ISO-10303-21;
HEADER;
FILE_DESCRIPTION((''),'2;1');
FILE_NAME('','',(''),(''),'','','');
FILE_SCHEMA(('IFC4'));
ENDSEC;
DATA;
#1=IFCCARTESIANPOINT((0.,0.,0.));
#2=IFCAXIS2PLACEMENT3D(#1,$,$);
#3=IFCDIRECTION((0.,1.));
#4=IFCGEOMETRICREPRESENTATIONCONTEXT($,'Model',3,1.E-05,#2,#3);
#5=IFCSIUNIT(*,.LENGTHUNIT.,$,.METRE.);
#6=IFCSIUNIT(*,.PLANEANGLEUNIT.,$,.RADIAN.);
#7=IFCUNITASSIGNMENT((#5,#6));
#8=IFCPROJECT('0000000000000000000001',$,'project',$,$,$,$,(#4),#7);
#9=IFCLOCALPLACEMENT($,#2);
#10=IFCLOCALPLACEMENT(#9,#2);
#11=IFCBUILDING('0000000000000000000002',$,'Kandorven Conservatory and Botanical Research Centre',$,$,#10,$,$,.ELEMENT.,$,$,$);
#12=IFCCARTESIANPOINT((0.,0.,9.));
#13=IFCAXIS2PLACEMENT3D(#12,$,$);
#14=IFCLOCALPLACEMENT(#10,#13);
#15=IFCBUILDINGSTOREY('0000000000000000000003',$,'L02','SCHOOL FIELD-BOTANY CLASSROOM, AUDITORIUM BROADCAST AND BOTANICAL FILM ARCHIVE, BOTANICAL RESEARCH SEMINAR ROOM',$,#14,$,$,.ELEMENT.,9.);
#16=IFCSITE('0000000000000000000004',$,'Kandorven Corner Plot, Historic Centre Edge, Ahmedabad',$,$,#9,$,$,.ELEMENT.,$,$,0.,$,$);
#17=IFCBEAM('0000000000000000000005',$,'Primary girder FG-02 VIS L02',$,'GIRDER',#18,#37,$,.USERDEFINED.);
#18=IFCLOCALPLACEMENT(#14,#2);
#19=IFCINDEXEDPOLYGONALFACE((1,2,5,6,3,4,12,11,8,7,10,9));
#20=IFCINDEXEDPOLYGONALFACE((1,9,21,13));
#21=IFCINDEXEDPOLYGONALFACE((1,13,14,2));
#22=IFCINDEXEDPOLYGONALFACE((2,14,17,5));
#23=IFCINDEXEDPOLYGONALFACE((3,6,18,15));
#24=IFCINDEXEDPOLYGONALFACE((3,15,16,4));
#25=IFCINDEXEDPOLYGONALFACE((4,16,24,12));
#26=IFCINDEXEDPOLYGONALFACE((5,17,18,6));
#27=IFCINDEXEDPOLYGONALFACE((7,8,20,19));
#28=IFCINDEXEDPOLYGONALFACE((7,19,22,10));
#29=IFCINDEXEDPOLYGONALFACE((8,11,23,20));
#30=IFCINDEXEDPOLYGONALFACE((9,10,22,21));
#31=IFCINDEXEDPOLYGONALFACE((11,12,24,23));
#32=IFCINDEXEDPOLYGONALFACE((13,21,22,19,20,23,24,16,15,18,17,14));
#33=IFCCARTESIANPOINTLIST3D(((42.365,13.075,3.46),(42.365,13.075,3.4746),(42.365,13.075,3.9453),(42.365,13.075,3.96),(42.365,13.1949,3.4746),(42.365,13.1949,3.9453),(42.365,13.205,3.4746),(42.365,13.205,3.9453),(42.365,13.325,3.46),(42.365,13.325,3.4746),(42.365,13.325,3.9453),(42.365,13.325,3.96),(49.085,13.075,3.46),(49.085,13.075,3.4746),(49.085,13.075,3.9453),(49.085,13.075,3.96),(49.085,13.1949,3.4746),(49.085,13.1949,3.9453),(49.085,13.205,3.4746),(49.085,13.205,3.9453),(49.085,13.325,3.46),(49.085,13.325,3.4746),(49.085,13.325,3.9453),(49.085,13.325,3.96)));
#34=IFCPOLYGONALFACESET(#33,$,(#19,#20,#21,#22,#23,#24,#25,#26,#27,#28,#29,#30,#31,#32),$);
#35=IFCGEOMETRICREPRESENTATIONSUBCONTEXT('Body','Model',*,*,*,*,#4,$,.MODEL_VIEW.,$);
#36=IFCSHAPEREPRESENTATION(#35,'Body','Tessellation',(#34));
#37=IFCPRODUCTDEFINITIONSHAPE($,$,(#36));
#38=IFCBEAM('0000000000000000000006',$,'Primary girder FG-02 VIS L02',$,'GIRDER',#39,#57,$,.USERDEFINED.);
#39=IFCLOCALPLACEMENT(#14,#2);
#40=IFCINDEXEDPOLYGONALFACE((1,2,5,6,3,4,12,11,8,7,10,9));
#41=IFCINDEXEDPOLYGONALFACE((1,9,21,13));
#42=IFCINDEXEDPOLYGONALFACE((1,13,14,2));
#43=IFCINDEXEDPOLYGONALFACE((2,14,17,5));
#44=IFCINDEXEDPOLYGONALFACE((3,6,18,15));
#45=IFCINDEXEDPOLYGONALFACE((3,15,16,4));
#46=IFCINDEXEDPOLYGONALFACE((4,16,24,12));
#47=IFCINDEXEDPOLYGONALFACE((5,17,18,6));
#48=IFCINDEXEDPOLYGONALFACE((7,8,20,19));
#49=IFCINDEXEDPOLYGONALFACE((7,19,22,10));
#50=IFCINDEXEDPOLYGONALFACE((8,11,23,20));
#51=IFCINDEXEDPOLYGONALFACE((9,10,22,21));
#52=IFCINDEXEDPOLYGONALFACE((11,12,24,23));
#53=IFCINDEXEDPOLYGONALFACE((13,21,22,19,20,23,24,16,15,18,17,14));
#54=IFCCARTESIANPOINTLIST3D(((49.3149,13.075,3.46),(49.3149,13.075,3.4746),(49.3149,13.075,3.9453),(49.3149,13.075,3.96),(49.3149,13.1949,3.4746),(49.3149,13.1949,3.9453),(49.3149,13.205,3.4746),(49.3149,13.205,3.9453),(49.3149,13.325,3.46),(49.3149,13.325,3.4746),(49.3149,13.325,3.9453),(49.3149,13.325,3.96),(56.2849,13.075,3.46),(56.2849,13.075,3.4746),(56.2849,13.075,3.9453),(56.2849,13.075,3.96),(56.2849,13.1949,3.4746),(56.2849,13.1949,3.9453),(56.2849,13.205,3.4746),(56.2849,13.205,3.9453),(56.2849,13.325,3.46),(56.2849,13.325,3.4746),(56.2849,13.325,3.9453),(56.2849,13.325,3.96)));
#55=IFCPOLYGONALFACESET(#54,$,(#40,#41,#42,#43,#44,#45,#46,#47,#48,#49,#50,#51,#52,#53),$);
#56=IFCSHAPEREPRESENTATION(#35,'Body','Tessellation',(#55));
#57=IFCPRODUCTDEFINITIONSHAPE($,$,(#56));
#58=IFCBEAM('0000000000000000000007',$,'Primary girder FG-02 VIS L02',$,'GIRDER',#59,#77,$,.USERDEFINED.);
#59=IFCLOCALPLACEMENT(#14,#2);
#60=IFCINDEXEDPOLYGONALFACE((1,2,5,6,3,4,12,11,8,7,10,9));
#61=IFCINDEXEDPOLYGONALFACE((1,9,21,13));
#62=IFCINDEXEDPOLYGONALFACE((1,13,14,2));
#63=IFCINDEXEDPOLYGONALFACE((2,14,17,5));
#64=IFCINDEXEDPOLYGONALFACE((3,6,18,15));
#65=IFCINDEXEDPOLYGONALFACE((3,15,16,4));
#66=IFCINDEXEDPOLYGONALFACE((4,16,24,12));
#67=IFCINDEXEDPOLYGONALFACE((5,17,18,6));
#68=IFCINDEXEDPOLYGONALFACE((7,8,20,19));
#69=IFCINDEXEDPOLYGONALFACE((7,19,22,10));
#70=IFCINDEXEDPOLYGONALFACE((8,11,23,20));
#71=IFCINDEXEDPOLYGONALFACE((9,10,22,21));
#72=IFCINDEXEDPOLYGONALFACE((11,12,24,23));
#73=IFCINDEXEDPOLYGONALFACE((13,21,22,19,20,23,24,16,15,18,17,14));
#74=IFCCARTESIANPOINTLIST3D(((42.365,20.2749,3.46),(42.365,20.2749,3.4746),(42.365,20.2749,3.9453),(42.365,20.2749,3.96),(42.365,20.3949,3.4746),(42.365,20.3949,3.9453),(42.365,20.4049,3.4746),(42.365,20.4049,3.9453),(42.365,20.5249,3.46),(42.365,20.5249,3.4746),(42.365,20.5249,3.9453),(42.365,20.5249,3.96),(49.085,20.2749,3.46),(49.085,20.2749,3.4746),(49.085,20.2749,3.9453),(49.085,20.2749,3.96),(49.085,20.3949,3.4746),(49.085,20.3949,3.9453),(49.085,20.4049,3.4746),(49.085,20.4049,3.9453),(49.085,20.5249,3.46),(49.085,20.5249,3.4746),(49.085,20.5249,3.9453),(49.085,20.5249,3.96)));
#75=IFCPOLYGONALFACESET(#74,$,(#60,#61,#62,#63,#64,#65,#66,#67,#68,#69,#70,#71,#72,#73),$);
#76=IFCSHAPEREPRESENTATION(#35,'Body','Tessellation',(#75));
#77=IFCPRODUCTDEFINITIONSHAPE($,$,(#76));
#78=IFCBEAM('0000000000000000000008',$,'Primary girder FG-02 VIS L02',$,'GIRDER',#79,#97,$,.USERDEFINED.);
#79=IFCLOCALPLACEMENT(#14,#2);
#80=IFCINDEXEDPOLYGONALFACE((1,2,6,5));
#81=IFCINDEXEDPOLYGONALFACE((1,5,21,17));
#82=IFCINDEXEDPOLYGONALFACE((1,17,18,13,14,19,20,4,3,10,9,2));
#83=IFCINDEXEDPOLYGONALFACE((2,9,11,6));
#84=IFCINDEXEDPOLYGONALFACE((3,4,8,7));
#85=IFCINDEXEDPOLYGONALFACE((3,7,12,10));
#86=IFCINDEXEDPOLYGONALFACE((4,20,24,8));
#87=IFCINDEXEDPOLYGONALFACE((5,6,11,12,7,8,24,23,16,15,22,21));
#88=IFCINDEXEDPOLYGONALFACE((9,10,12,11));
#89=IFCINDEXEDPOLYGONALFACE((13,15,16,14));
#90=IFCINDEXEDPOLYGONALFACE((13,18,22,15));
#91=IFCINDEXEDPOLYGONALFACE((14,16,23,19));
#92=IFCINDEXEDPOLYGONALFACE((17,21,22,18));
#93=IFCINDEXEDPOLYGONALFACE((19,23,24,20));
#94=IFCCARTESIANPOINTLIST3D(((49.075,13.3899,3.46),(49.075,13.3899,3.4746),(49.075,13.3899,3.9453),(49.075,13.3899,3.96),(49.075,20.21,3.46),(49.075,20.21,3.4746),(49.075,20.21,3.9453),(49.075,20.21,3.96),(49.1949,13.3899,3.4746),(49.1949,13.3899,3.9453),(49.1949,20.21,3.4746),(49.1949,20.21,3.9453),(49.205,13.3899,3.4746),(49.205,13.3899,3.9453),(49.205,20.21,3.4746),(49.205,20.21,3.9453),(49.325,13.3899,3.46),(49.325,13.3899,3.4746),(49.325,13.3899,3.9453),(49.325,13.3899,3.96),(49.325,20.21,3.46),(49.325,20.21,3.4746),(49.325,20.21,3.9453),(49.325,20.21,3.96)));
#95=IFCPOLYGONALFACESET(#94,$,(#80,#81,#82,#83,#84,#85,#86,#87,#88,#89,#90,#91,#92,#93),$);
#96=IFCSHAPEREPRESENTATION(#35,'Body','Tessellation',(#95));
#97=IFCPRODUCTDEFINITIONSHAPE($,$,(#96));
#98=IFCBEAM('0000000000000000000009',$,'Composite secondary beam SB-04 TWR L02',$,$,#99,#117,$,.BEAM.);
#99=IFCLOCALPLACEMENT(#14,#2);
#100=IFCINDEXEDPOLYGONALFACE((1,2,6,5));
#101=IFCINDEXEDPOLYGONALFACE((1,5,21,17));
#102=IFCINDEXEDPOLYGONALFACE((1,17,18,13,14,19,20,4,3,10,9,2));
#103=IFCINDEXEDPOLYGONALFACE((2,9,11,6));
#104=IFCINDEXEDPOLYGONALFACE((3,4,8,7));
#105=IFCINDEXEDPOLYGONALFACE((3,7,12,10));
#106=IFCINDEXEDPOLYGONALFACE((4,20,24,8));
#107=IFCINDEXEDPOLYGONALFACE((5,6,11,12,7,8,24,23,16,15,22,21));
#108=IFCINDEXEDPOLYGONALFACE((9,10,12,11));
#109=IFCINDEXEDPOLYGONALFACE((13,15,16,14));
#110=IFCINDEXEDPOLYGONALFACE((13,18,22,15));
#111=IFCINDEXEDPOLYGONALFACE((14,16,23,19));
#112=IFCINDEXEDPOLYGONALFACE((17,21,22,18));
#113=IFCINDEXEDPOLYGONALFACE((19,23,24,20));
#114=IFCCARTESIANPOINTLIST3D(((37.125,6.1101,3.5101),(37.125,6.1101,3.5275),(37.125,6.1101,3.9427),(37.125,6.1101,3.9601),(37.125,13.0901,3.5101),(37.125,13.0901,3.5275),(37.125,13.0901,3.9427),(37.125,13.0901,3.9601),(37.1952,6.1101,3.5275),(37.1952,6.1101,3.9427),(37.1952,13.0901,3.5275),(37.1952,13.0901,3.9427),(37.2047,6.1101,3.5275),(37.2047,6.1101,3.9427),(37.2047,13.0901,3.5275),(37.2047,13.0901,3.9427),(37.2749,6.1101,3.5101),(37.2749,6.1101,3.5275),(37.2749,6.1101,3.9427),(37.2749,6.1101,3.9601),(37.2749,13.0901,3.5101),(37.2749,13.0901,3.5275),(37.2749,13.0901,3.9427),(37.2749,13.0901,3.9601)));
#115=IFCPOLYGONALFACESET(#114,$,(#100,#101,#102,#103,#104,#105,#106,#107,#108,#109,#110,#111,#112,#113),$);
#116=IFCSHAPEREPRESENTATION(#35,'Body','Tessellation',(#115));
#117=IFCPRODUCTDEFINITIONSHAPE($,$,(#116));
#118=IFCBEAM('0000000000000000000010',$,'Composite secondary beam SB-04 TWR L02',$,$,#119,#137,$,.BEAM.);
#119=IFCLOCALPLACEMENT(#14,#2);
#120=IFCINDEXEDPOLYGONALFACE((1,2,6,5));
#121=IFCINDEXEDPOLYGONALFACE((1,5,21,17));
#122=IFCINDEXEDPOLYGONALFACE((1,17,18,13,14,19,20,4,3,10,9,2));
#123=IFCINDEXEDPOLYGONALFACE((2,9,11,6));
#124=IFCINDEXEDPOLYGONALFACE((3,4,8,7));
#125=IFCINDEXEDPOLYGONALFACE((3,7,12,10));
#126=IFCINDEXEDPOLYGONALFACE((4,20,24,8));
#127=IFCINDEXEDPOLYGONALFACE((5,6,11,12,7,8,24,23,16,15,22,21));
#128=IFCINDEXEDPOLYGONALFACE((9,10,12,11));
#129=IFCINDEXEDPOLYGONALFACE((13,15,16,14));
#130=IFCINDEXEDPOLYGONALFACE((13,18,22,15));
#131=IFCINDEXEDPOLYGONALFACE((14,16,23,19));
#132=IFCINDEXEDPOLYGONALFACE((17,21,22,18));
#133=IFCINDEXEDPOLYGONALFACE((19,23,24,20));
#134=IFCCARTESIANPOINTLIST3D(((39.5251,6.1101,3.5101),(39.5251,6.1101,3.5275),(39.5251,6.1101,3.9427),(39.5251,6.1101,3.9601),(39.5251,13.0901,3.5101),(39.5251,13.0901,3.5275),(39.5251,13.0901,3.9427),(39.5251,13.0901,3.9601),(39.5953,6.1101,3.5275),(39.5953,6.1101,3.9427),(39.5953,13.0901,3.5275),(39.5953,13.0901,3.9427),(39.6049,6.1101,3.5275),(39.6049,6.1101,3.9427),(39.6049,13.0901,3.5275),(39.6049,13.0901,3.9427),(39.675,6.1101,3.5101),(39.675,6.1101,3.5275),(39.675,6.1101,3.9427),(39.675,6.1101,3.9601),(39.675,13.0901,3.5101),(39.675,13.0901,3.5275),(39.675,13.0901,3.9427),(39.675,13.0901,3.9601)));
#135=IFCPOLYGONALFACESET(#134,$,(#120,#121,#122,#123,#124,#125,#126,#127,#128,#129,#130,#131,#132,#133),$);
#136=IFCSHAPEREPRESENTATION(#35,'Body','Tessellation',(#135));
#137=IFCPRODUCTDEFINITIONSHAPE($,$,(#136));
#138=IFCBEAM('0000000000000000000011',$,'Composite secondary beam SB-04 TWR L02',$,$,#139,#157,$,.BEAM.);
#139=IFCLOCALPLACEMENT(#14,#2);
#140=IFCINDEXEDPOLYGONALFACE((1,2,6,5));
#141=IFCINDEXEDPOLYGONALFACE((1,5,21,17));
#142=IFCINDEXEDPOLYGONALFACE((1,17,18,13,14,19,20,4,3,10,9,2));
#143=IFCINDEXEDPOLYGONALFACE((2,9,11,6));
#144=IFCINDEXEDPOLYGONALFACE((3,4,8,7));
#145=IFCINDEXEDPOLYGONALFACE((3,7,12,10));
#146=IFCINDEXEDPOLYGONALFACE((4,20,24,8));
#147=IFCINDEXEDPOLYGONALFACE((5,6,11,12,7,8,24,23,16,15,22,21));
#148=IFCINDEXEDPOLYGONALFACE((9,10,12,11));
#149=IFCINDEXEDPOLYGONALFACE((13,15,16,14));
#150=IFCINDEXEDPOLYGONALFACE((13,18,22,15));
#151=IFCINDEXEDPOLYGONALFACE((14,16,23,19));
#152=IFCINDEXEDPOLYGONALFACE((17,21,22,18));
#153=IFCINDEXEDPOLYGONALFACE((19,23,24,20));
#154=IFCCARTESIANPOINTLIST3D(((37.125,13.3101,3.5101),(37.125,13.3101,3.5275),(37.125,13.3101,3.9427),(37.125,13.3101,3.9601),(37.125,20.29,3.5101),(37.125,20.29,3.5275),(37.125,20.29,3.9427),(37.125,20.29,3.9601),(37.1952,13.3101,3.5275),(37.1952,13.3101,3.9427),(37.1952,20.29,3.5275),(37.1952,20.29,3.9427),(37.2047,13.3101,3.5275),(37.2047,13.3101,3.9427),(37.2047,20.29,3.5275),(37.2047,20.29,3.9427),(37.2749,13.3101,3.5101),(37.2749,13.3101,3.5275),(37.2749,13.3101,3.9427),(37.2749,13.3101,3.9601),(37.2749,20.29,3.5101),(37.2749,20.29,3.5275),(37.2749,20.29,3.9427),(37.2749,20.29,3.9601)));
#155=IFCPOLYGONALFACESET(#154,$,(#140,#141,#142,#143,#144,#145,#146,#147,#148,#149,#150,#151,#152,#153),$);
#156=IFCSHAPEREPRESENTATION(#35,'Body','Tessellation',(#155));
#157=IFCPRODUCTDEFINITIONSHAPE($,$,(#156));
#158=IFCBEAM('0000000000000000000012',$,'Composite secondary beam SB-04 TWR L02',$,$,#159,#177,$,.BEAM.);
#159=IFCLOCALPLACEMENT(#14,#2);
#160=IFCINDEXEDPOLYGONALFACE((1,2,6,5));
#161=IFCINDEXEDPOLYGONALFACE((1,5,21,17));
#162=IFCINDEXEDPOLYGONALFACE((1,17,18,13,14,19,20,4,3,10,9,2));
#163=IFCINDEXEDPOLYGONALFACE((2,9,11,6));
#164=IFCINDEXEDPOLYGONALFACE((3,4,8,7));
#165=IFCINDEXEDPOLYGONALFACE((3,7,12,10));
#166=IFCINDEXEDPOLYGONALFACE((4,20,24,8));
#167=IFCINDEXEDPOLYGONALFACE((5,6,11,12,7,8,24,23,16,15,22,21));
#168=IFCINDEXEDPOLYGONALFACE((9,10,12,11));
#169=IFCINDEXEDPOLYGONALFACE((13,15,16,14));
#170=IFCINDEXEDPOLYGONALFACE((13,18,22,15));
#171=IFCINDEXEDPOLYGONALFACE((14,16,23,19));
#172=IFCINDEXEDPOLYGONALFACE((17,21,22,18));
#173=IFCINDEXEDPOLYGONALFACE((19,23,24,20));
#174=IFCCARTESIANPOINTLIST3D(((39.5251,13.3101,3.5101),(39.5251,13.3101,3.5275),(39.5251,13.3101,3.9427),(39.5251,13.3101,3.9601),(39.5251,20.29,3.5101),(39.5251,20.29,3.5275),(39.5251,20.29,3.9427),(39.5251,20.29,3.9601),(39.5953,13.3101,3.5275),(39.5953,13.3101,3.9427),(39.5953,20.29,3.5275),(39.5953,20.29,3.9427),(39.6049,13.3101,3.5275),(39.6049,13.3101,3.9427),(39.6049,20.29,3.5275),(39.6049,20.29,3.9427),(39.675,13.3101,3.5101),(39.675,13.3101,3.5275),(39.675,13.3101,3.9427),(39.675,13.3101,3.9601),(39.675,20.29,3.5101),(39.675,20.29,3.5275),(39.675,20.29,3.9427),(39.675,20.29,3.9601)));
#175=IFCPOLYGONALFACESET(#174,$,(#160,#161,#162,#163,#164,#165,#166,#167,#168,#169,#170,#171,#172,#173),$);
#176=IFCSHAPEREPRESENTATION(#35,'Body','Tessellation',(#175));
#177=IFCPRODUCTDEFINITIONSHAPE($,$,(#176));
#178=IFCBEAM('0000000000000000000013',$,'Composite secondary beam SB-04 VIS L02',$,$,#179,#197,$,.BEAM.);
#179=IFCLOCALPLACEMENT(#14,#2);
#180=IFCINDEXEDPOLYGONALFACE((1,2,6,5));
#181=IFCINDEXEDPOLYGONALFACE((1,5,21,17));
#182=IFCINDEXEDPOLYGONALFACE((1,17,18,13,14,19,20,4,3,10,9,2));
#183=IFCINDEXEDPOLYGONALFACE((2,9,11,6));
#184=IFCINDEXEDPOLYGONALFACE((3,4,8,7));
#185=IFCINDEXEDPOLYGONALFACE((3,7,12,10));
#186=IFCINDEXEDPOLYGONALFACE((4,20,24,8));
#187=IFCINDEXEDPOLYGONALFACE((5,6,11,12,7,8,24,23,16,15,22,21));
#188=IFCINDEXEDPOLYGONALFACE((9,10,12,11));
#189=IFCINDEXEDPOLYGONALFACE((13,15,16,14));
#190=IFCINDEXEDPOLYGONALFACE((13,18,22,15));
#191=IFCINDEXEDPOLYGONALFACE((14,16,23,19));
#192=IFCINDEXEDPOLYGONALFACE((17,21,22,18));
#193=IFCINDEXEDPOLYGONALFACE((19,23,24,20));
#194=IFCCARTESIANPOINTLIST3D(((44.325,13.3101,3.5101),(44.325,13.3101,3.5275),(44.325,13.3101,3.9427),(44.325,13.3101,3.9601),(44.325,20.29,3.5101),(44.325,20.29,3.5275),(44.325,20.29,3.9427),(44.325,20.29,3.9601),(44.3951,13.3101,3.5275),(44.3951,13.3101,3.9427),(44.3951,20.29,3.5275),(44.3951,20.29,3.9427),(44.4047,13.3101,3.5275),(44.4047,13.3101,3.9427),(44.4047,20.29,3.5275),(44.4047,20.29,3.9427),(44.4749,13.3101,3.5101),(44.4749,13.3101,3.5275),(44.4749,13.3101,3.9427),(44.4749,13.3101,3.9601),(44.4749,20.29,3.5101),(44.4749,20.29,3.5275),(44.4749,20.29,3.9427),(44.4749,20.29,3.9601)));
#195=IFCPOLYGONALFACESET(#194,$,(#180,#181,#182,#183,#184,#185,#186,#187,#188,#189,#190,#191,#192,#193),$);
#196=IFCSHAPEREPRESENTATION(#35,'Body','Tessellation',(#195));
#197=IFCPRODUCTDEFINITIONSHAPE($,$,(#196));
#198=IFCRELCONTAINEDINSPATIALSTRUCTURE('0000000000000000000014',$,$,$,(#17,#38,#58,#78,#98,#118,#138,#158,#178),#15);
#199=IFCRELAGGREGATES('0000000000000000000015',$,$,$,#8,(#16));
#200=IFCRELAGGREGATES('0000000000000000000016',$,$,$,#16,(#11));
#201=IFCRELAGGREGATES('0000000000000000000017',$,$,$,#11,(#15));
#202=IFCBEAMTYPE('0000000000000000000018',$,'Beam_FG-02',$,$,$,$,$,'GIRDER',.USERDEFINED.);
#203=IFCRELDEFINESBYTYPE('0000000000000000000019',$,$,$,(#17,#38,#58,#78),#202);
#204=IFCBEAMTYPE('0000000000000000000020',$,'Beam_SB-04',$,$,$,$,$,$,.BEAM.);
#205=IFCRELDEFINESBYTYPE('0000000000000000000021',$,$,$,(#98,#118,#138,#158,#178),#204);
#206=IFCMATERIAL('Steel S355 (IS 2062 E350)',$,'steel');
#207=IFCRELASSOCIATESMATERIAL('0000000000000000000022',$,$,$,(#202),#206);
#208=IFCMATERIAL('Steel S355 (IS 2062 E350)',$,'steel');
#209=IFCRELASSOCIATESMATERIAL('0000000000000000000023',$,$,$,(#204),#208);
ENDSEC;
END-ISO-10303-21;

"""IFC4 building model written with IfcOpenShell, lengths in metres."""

from ifc_helpers import new_model, si_unit, direction, frame, origin, origin_2d, place, context, subcontext, project, spatial, i_section, extrude, material, material_profile, profile_set, type_object, element, save


model = new_model("IFC4")

# Units and contexts
model_context = context("Model", 3, precision=1e-05, world=origin(), true_north=direction((0.0, 1.0)))
body_context = subcontext(model_context, "Body", "Model", "MODEL_VIEW")
ifc_project = project(units=[si_unit("LENGTHUNIT", "METRE"), si_unit("PLANEANGLEUNIT", "RADIAN")], contexts=[model_context])

# Site, building, storey
site_placement = place(None, origin())
site = spatial("IfcSite", under=ifc_project, at=site_placement, Name="Kandorven Corner Plot, Historic Centre Edge, Ahmedabad", CompositionType="ELEMENT", RefElevation=0.0)
building_placement = place(site_placement, origin())
building = spatial("IfcBuilding", under=site, at=building_placement, Name="Kandorven Conservatory and Botanical Research Centre", CompositionType="ELEMENT")
storey_placement = place(building_placement, frame((0.0, 0.0, 9.0)))
storey = spatial("IfcBuildingStorey", under=building, at=storey_placement, Name="L02", Description="SCHOOL FIELD-BOTANY CLASSROOM, AUDITORIUM BROADCAST AND BOTANICAL FILM ARCHIVE, BOTANICAL RESEARCH SEMINAR ROOM", CompositionType="ELEMENT", Elevation=9.0)

# Beams
ifc_material_1 = material(Name="Steel S355 (IS 2062 E350)", Category="steel")
ifc_material_profile_1 = material_profile(ifc_material_1, i_section(OverallWidth=0.25, OverallDepth=0.5, WebThickness=0.01, FlangeThickness=0.0146, at=origin_2d()))
ifc_profile_set_1 = profile_set([ifc_material_profile_1], Name="Steel S355 (IS 2062 E350)")
beam_type_1 = type_object("IfcBeamType", Name="Beam_FG-02", ElementType="GIRDER", PredefinedType="USERDEFINED", material=ifc_profile_set_1)
beam_1_placement = place(storey_placement, frame((42.365, 13.2, 3.71), z_axis=(1.0, 0.0, 0.0), x_axis=(0.0, 1.0, 0.0)))
element("IfcBeam", 1, at=beam_1_placement, inside=storey, type_object=beam_type_1, Name="Primary girder FG-02 VIS L02", ObjectType="GIRDER", PredefinedType="USERDEFINED", context=body_context, shape_type="SweptSolid", body=[
    extrude(i_section(OverallWidth=0.25, OverallDepth=0.5, WebThickness=0.01, FlangeThickness=0.0146, at=origin_2d()), origin(), (0.0, 0.0, 1.0), 6.72),
])
beam_2_placement = place(storey_placement, frame((49.3149, 13.2, 3.71), z_axis=(1.0, 0.0, 0.0), x_axis=(0.0, 1.0, 0.0)))
element("IfcBeam", 2, at=beam_2_placement, inside=storey, type_object=beam_type_1, Name="Primary girder FG-02 VIS L02", ObjectType="GIRDER", PredefinedType="USERDEFINED", context=body_context, shape_type="SweptSolid", body=[
    extrude(i_section(OverallWidth=0.25, OverallDepth=0.5, WebThickness=0.01, FlangeThickness=0.0146, at=origin_2d()), origin(), (0.0, 0.0, 1.0), 6.97),
])
beam_3_placement = place(storey_placement, frame((42.365, 20.3999, 3.71), z_axis=(1.0, 0.0, 0.0), x_axis=(0.0, 1.0, 0.0)))
element("IfcBeam", 3, at=beam_3_placement, inside=storey, type_object=beam_type_1, Name="Primary girder FG-02 VIS L02", ObjectType="GIRDER", PredefinedType="USERDEFINED", context=body_context, shape_type="SweptSolid", body=[
    extrude(i_section(OverallWidth=0.25, OverallDepth=0.5, WebThickness=0.01, FlangeThickness=0.0146, at=origin_2d()), origin(), (0.0, 0.0, 1.0), 6.72),
])
beam_4_placement = place(storey_placement, frame((49.2, 13.3899, 3.71), z_axis=(0.0, 1.0, 0.0), x_axis=(-1.0, 0.0, 0.0)))
element("IfcBeam", 4, at=beam_4_placement, inside=storey, type_object=beam_type_1, Name="Primary girder FG-02 VIS L02", ObjectType="GIRDER", PredefinedType="USERDEFINED", context=body_context, shape_type="SweptSolid", body=[
    extrude(i_section(OverallWidth=0.25, OverallDepth=0.5, WebThickness=0.01, FlangeThickness=0.0146, at=origin_2d()), origin(), (0.0, 0.0, 1.0), 6.8201),
])
ifc_material_2 = material(Name="Steel S355 (IS 2062 E350)", Category="steel")
ifc_material_profile_2 = material_profile(ifc_material_2, i_section(OverallWidth=0.1499, OverallDepth=0.45, WebThickness=0.0095, FlangeThickness=0.0173, at=origin_2d()))
ifc_profile_set_2 = profile_set([ifc_material_profile_2], Name="Steel S355 (IS 2062 E350)")
beam_type_2 = type_object("IfcBeamType", Name="Beam_SB-04", PredefinedType="BEAM", material=ifc_profile_set_2)
for number, where, z_axis, x_axis, name in (
    (5, (37.2, 6.1101, 3.7351), (0.0, 1.0, 0.0), (-1.0, 0.0, 0.0), "Composite secondary beam SB-04 TWR L02"),
    (6, (39.6001, 6.1101, 3.7351), (0.0, 1.0, 0.0), (-1.0, 0.0, 0.0), "Composite secondary beam SB-04 TWR L02"),
    (7, (37.2, 13.3101, 3.7351), (0.0, 1.0, 0.0), (-1.0, 0.0, 0.0), "Composite secondary beam SB-04 TWR L02"),
    (8, (39.6001, 13.3101, 3.7351), (0.0, 1.0, 0.0), (-1.0, 0.0, 0.0), "Composite secondary beam SB-04 TWR L02"),
    (9, (44.3999, 13.3101, 3.7351), (0.0, 1.0, 0.0), (-1.0, 0.0, 0.0), "Composite secondary beam SB-04 VIS L02"),
):
    element("IfcBeam", number, at=place(storey_placement, frame(where, z_axis=z_axis, x_axis=x_axis)), inside=storey, type_object=beam_type_2, Name=name, PredefinedType="BEAM", context=body_context, shape_type="SweptSolid", body=[
        extrude(i_section(OverallWidth=0.1499, OverallDepth=0.45, WebThickness=0.0095, FlangeThickness=0.0173, at=origin_2d()), origin(), (0.0, 0.0, 1.0), 6.98),
    ])

save(model, "model.ifc")
